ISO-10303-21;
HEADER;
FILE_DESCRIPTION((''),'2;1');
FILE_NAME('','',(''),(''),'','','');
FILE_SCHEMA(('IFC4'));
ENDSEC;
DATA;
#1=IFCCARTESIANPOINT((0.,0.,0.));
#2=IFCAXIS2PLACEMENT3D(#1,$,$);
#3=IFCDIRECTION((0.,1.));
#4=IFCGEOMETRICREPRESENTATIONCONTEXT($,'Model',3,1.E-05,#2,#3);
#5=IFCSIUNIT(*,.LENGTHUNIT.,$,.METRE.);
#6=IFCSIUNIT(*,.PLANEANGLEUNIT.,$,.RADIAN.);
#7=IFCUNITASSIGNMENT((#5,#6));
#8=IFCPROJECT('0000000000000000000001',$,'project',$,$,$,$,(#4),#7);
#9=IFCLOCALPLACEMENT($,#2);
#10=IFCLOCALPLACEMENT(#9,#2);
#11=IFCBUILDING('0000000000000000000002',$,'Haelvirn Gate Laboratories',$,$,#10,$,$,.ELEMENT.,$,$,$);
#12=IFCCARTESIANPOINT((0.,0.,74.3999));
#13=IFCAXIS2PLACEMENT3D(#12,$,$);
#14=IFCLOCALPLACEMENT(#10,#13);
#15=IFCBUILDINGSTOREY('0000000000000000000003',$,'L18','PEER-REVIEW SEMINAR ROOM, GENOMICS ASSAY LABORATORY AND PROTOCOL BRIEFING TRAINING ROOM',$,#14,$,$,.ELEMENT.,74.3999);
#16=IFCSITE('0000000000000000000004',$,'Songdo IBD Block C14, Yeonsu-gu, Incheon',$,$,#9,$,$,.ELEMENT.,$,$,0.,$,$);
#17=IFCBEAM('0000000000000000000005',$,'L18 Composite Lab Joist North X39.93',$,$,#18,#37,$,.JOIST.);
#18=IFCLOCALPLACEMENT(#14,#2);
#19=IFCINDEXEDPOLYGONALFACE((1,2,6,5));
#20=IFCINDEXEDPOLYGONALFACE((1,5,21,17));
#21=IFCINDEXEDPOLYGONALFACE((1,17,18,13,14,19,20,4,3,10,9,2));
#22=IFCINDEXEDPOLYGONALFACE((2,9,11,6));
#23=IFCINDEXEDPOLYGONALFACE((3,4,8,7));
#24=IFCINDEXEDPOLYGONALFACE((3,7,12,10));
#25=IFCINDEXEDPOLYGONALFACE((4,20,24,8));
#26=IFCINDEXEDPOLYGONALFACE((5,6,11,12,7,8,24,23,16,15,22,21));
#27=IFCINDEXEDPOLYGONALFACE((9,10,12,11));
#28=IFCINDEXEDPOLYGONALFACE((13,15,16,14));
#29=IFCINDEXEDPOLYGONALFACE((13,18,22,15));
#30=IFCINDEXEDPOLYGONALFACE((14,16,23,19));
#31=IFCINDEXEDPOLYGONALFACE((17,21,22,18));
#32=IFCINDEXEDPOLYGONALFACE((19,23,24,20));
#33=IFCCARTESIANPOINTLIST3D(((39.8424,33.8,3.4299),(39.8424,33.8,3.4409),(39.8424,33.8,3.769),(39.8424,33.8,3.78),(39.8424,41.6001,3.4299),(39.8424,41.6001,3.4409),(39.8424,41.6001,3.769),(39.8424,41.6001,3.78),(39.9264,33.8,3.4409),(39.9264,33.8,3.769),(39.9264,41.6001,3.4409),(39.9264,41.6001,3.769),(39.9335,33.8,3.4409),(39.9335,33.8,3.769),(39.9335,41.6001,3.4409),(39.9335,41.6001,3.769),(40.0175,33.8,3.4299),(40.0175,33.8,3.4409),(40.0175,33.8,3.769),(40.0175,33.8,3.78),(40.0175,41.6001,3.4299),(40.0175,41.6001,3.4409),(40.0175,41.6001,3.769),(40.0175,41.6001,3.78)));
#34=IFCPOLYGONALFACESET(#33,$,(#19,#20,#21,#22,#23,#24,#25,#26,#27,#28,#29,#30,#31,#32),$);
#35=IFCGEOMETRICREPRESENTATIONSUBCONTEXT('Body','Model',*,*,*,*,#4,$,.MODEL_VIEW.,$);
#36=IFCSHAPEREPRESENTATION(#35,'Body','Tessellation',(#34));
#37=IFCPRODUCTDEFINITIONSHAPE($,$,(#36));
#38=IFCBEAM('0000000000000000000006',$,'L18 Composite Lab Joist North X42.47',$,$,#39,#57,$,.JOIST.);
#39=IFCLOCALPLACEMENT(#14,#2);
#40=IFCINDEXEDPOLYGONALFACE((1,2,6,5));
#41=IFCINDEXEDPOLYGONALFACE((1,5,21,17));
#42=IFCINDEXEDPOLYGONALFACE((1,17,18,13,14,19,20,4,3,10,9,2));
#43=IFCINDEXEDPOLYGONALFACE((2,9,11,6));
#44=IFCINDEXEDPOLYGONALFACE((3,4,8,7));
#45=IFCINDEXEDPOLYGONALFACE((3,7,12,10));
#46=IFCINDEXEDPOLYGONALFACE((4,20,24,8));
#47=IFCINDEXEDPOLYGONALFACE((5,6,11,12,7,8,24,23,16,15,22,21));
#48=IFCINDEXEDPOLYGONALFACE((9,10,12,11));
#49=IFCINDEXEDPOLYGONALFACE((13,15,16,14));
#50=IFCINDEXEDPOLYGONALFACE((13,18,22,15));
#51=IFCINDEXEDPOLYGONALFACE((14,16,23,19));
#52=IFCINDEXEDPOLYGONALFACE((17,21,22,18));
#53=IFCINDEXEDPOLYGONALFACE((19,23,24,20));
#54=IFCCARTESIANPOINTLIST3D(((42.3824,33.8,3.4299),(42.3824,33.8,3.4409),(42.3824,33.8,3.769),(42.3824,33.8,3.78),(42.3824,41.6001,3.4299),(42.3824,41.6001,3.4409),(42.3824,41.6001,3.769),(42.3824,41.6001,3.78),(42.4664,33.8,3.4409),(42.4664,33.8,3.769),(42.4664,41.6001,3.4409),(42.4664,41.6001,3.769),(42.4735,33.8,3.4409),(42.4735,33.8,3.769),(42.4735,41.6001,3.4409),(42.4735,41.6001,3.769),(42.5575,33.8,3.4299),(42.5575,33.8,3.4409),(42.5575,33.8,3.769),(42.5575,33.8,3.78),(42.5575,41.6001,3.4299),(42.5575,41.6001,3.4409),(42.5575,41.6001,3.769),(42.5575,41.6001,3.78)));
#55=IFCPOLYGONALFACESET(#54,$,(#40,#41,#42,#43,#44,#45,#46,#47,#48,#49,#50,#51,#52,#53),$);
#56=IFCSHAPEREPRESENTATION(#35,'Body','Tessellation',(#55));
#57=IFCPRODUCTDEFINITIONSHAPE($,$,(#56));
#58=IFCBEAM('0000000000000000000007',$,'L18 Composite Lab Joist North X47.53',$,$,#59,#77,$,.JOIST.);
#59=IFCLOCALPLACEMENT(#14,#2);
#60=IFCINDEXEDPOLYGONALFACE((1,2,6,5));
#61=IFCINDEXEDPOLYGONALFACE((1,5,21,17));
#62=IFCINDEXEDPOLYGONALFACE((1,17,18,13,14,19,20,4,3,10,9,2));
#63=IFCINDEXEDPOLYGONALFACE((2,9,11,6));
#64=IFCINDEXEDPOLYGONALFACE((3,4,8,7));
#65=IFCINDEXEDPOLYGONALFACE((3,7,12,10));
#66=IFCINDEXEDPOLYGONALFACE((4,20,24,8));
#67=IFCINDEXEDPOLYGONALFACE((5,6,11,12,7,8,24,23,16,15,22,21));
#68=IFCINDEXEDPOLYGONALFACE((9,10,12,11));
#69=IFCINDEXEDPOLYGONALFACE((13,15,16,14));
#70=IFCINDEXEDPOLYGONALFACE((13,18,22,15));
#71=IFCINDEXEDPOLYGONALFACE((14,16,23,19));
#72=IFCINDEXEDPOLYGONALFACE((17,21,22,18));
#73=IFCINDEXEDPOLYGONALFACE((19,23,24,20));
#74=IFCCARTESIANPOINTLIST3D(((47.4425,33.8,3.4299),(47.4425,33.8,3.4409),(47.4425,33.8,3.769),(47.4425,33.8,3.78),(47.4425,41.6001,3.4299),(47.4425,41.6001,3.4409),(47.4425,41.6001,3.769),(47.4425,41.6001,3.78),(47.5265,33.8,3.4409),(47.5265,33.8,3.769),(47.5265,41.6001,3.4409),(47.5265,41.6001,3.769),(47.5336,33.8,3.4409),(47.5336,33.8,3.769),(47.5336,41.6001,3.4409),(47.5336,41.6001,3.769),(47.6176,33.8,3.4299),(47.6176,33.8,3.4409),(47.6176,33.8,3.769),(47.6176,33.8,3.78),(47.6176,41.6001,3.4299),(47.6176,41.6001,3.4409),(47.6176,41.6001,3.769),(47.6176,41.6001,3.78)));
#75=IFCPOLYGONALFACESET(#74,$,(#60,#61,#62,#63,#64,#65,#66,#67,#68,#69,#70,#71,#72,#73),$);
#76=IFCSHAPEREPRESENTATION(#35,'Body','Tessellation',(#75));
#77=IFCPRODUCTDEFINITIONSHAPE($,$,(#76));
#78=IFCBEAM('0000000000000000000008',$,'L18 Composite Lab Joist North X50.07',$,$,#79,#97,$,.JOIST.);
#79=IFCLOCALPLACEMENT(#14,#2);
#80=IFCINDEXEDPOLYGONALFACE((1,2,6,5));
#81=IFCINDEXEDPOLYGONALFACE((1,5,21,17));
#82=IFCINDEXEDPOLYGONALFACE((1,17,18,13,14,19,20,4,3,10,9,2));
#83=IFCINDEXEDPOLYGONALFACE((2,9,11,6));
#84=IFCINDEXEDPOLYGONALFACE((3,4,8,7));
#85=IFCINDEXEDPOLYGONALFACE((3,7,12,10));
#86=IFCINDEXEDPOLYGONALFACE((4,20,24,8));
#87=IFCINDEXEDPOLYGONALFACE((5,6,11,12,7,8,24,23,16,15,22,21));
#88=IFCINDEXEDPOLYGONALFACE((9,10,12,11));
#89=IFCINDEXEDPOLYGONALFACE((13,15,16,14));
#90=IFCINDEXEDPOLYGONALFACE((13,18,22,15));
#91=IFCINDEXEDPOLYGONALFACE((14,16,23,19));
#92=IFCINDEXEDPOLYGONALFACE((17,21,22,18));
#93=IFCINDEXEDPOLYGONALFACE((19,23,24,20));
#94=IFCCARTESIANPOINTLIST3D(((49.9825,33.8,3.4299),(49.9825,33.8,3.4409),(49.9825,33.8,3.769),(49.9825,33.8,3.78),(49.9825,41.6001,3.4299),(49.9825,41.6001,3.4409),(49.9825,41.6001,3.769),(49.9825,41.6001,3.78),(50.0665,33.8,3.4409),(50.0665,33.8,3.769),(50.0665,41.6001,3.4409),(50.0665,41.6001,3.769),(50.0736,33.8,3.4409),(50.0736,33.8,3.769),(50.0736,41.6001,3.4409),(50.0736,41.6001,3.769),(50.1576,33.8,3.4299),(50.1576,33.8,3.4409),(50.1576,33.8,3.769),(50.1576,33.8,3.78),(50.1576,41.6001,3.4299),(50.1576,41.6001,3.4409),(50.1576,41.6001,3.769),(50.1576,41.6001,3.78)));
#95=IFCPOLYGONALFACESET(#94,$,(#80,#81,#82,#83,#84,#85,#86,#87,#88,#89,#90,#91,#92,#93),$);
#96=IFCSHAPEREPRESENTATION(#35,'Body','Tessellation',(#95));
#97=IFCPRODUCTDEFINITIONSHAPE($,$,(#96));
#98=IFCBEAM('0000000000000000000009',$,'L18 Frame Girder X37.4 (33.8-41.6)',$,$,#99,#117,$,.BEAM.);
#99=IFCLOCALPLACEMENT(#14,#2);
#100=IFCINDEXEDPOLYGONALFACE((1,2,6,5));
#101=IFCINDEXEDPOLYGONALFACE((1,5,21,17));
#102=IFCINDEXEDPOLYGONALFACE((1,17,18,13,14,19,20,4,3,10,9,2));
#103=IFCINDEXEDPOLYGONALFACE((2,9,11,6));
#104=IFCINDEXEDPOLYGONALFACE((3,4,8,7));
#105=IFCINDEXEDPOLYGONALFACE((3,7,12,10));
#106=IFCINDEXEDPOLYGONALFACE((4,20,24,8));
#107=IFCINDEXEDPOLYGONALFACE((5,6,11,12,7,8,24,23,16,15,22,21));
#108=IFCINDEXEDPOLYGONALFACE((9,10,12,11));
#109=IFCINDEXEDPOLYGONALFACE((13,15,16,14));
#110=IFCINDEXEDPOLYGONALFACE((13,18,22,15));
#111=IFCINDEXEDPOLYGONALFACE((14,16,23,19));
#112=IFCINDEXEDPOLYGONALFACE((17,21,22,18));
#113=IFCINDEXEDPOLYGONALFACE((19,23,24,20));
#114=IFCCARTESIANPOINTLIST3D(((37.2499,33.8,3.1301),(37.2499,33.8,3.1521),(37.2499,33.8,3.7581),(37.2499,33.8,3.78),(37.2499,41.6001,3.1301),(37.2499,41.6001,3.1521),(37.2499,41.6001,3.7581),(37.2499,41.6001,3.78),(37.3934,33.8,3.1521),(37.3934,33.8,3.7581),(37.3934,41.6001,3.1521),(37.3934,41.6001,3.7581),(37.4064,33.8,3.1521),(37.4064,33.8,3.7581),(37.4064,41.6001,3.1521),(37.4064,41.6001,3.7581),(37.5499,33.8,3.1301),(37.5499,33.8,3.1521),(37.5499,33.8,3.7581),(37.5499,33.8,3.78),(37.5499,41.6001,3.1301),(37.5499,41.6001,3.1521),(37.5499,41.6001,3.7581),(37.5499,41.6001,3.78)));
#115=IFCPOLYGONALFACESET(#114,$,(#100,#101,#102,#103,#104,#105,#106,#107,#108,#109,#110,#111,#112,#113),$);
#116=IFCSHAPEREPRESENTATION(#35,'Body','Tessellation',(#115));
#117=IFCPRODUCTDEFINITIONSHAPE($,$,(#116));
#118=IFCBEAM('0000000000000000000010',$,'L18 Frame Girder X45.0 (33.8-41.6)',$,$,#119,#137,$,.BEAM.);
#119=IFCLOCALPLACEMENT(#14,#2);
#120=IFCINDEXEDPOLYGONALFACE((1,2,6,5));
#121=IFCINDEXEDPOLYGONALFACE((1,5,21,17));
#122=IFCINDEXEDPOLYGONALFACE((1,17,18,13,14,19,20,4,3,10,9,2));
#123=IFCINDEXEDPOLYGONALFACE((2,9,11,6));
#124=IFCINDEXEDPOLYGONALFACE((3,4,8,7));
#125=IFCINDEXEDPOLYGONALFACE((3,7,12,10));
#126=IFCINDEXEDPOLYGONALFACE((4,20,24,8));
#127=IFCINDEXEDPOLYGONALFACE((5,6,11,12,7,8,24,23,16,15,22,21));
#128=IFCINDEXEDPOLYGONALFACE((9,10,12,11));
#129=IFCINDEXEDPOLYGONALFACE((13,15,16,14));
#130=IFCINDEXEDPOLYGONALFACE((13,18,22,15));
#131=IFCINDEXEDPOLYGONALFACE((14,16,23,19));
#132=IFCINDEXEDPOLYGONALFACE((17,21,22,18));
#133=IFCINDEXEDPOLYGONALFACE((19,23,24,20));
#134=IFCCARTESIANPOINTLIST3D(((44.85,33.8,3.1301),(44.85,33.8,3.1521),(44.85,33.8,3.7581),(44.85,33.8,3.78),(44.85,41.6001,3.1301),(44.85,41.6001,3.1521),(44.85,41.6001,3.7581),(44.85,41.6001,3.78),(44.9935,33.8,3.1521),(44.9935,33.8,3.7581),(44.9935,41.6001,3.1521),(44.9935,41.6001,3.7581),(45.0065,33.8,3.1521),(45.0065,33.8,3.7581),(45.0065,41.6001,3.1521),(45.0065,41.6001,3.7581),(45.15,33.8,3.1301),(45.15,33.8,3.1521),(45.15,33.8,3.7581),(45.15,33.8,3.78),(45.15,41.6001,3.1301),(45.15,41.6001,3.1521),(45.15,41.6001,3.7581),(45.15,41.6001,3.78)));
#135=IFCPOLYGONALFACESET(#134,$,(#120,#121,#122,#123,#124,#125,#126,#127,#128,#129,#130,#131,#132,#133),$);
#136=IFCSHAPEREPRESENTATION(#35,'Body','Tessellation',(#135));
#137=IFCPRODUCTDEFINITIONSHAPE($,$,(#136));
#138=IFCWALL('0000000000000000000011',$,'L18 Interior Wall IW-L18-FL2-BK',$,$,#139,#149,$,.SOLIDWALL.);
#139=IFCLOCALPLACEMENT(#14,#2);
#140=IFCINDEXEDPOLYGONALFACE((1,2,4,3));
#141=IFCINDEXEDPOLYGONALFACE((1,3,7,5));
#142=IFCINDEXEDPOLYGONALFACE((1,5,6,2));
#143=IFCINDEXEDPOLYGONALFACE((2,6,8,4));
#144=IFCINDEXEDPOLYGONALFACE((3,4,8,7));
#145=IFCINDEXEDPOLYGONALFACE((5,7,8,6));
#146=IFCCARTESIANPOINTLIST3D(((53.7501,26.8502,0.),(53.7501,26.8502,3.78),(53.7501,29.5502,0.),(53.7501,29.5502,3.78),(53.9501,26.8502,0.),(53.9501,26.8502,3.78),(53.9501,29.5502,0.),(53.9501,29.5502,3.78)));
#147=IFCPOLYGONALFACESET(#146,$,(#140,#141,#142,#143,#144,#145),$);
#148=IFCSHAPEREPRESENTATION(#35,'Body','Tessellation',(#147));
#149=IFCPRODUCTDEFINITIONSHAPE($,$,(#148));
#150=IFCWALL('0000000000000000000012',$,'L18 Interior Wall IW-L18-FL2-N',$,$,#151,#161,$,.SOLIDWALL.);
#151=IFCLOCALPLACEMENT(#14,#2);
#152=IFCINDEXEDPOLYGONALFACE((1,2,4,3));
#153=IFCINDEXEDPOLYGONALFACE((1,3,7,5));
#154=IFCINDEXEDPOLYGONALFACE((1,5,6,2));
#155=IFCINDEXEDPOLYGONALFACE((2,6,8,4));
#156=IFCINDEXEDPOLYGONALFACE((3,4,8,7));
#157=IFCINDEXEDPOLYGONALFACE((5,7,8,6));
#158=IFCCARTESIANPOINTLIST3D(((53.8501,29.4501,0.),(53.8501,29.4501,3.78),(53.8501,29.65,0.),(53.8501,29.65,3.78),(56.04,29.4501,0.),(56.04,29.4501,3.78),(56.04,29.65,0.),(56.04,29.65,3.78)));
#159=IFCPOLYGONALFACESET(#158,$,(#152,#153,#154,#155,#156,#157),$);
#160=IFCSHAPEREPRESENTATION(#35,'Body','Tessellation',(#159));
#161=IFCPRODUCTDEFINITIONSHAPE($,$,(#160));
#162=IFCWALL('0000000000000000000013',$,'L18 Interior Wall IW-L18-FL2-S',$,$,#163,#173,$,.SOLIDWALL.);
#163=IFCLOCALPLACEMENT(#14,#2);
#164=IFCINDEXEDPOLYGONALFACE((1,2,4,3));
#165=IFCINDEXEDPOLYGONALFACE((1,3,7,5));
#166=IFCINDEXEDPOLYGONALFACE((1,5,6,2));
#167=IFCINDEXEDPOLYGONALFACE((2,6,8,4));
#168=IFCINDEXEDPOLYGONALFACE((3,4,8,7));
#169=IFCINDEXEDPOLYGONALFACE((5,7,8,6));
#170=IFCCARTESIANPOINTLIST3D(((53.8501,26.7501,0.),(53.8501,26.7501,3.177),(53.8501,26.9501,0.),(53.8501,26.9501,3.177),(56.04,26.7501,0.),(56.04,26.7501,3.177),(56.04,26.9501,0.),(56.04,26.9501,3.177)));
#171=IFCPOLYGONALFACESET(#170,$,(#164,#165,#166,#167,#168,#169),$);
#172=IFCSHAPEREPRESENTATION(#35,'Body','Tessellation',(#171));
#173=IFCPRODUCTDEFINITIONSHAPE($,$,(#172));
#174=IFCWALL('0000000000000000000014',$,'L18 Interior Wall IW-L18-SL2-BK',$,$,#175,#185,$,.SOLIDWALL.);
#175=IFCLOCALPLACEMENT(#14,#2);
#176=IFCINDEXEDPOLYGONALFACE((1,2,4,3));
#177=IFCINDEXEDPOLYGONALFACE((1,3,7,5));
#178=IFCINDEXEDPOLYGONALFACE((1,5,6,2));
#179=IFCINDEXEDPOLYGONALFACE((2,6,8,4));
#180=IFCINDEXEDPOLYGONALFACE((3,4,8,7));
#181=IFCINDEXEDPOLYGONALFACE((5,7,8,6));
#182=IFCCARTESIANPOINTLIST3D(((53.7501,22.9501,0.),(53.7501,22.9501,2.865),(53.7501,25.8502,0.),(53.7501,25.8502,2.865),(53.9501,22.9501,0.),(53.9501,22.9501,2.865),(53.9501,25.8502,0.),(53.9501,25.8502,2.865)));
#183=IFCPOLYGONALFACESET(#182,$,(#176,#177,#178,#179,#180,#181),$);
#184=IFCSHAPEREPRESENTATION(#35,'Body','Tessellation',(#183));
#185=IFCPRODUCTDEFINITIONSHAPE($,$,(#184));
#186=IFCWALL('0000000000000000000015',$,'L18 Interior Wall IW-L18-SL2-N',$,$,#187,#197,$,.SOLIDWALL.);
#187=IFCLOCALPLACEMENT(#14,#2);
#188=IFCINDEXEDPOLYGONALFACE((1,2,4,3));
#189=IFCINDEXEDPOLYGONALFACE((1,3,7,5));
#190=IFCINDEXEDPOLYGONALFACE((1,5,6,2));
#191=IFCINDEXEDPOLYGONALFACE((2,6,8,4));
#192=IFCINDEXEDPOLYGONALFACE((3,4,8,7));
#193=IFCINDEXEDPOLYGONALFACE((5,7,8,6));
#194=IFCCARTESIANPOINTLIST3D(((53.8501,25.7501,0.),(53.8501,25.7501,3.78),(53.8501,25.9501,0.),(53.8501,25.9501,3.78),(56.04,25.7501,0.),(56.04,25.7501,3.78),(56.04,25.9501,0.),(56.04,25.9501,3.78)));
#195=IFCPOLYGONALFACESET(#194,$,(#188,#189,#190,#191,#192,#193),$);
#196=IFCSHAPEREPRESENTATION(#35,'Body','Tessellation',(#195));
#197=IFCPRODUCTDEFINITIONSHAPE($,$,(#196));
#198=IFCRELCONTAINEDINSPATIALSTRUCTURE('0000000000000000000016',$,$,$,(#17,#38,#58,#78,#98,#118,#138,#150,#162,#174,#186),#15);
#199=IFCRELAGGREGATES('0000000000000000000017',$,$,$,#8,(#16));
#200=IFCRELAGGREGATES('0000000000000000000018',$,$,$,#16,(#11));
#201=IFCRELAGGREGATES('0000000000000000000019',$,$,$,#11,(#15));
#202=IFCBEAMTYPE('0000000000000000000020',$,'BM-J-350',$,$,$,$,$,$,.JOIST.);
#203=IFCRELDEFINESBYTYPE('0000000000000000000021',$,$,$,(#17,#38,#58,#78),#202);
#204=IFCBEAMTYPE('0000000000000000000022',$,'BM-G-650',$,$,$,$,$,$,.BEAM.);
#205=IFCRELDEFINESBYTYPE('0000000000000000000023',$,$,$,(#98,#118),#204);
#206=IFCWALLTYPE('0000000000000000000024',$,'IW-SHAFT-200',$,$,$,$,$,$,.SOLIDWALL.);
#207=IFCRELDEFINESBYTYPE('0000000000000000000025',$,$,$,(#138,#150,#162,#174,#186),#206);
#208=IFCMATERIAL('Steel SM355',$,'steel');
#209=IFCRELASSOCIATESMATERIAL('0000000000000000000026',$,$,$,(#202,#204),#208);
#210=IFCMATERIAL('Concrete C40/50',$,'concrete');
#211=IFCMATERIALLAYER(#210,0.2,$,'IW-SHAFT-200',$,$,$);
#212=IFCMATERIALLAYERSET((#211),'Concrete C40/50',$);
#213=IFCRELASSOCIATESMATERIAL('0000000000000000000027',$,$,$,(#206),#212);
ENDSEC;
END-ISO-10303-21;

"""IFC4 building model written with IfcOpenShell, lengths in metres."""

from ifc_helpers import new_model, si_unit, direction, frame, frame_2d, origin, origin_2d, place, context, subcontext, project, spatial, rectangle, i_section, extrude, source, transform, mapped, material, layer, layer_set, material_profile, profile_set, type_object, type_shapes, element, save


model = new_model("IFC4")

# Units and contexts
model_context = context("Model", 3, precision=1e-05, world=origin(), true_north=direction((0.0, 1.0)))
body_context = subcontext(model_context, "Body", "Model", "MODEL_VIEW")
ifc_project = project(units=[si_unit("LENGTHUNIT", "METRE"), si_unit("PLANEANGLEUNIT", "RADIAN")], contexts=[model_context])

# Site, building, storey
site_placement = place(None, origin())
site = spatial("IfcSite", under=ifc_project, at=site_placement, Name="Songdo IBD Block C14, Yeonsu-gu, Incheon", CompositionType="ELEMENT", RefElevation=0.0)
building_placement = place(site_placement, origin())
building = spatial("IfcBuilding", under=site, at=building_placement, Name="Haelvirn Gate Laboratories", CompositionType="ELEMENT")
storey_placement = place(building_placement, frame((0.0, 0.0, 74.3999)))
storey = spatial("IfcBuildingStorey", under=building, at=storey_placement, Name="L18", Description="PEER-REVIEW SEMINAR ROOM, GENOMICS ASSAY LABORATORY AND PROTOCOL BRIEFING TRAINING ROOM", CompositionType="ELEMENT", Elevation=74.3999)

# Beams
ifc_material_1 = material(Name="Steel SM355", Category="steel")
ifc_material_profile_1 = material_profile(ifc_material_1, i_section(OverallWidth=0.175, OverallDepth=0.3501, WebThickness=0.0071, FlangeThickness=0.011, at=origin_2d()), Name="H-350x175x7x11")
ifc_profile_set_1 = profile_set([ifc_material_profile_1], Name="Steel SM355")
beam_type_1 = type_object("IfcBeamType", Name="BM-J-350", PredefinedType="JOIST", material=ifc_profile_set_1)
shared_shape_1 = source(origin(), body_context, "Body", "SweptSolid", [
    extrude(i_section(OverallWidth=0.175, OverallDepth=0.3501, WebThickness=0.0071, FlangeThickness=0.011, at=origin_2d()), origin(), (0.0, 0.0, 1.0), 7.8),
])
type_shapes(beam_type_1, [shared_shape_1])
for number, where, z_axis, x_axis, name in (
    (1, (39.9299, 33.8, 3.605), (0.0, 1.0, 0.0), (-1.0, 0.0, 0.0), "L18 Composite Lab Joist North X39.93"),
    (2, (42.47, 33.8, 3.605), (0.0, 1.0, 0.0), (-1.0, 0.0, 0.0), "L18 Composite Lab Joist North X42.47"),
    (3, (47.53, 33.8, 3.605), (0.0, 1.0, 0.0), (-1.0, 0.0, 0.0), "L18 Composite Lab Joist North X47.53"),
    (4, (50.0701, 33.8, 3.605), (0.0, 1.0, 0.0), (-1.0, 0.0, 0.0), "L18 Composite Lab Joist North X50.07"),
):
    element("IfcBeam", number, at=place(storey_placement, frame(where, z_axis=z_axis, x_axis=x_axis)), inside=storey, type_object=beam_type_1, Name=name, PredefinedType="JOIST", context=body_context, shape_type="MappedRepresentation", body=[
        mapped(shared_shape_1, transform((0.0, 0.0, 0.0), scale=1.0)),
    ])
ifc_material_profile_2 = material_profile(ifc_material_1, i_section(OverallWidth=0.3, OverallDepth=0.6499, WebThickness=0.0129, FlangeThickness=0.022, at=origin_2d()), Name="H-650x300x13x22")
ifc_profile_set_2 = profile_set([ifc_material_profile_2], Name="Steel SM355")
beam_type_2 = type_object("IfcBeamType", Name="BM-G-650", PredefinedType="BEAM", material=ifc_profile_set_2)
shared_shape_2 = source(origin(), body_context, "Body", "SweptSolid", [
    extrude(i_section(OverallWidth=0.3, OverallDepth=0.6499, WebThickness=0.0129, FlangeThickness=0.022, at=origin_2d()), origin(), (0.0, 0.0, 1.0), 7.8),
])
type_shapes(beam_type_2, [shared_shape_2])
for number, where, z_axis, x_axis, name in (
    (5, (37.3999, 33.8, 3.4551), (0.0, 1.0, 0.0), (-1.0, 0.0, 0.0), "L18 Frame Girder X37.4 (33.8-41.6)"),
    (6, (45.0, 33.8, 3.4551), (0.0, 1.0, 0.0), (-1.0, 0.0, 0.0), "L18 Frame Girder X45.0 (33.8-41.6)"),
):
    element("IfcBeam", number, at=place(storey_placement, frame(where, z_axis=z_axis, x_axis=x_axis)), inside=storey, type_object=beam_type_2, Name=name, PredefinedType="BEAM", context=body_context, shape_type="MappedRepresentation", body=[
        mapped(shared_shape_2, transform((0.0, 0.0, 0.0), scale=1.0)),
    ])

# Walls
ifc_material_2 = material(Name="Concrete C40/50", Category="concrete")
ifc_layer_1 = layer(ifc_material_2, 0.2, Name="IW-SHAFT-200")
ifc_layer_set_1 = layer_set([ifc_layer_1], Name="Concrete C40/50")
wall_type_1 = type_object("IfcWallType", Name="IW-SHAFT-200", PredefinedType="SOLIDWALL", material=ifc_layer_set_1)
wall_1_placement = place(storey_placement, frame((53.8501, 26.8501, 0.0), z_axis=(0.0, 0.0, 1.0), x_axis=(0.0, 1.0, 0.0)))
element("IfcWall", 7, at=wall_1_placement, inside=storey, type_object=wall_type_1, Name="L18 Interior Wall IW-L18-FL2-BK", PredefinedType="SOLIDWALL", context=body_context, shape_type="SweptSolid", body=[
    extrude(rectangle(XDim=2.7, YDim=0.2, at=frame_2d((1.3501, 0.0))), origin(), (0.0, 0.0, 1.0), 3.78),
])
wall_2_placement = place(storey_placement, frame((53.8501, 29.55, 0.0), z_axis=(0.0, 0.0, 1.0), x_axis=(1.0, 0.0, 0.0)))
element("IfcWall", 8, at=wall_2_placement, inside=storey, type_object=wall_type_1, Name="L18 Interior Wall IW-L18-FL2-N", PredefinedType="SOLIDWALL", context=body_context, shape_type="SweptSolid", body=[
    extrude(rectangle(XDim=2.1899, YDim=0.2, at=frame_2d((1.095, 0.0))), origin(), (0.0, 0.0, 1.0), 3.78),
])
wall_3_placement = place(storey_placement, frame((53.8501, 26.8501, 0.0), z_axis=(0.0, 0.0, 1.0), x_axis=(1.0, 0.0, 0.0)))
element("IfcWall", 9, at=wall_3_placement, inside=storey, type_object=wall_type_1, Name="L18 Interior Wall IW-L18-FL2-S", PredefinedType="SOLIDWALL", context=body_context, shape_type="SweptSolid", body=[
    extrude(rectangle(XDim=2.1899, YDim=0.2, at=frame_2d((1.095, 0.0))), origin(), (0.0, 0.0, 1.0), 3.177),
])
wall_4_placement = place(storey_placement, frame((53.8501, 22.95, 0.0), z_axis=(0.0, 0.0, 1.0), x_axis=(0.0, 1.0, 0.0)))
element("IfcWall", 10, at=wall_4_placement, inside=storey, type_object=wall_type_1, Name="L18 Interior Wall IW-L18-SL2-BK", PredefinedType="SOLIDWALL", context=body_context, shape_type="SweptSolid", body=[
    extrude(rectangle(XDim=2.9001, YDim=0.2, at=frame_2d((1.4502, 0.0))), origin(), (0.0, 0.0, 1.0), 2.865),
])
for number, where, z_axis, x_axis, name in (
    (11, (53.8501, 25.8501, 0.0), (0.0, 0.0, 1.0), (1.0, 0.0, 0.0), "L18 Interior Wall IW-L18-SL2-N"),
):
    element("IfcWall", number, at=place(storey_placement, frame(where, z_axis=z_axis, x_axis=x_axis)), inside=storey, type_object=wall_type_1, Name=name, PredefinedType="SOLIDWALL", context=body_context, shape_type="SweptSolid", body=[
        extrude(rectangle(XDim=2.1899, YDim=0.2, at=frame_2d((1.095, 0.0))), origin(), (0.0, 0.0, 1.0), 3.78),
    ])

save(model, "model.ifc")
